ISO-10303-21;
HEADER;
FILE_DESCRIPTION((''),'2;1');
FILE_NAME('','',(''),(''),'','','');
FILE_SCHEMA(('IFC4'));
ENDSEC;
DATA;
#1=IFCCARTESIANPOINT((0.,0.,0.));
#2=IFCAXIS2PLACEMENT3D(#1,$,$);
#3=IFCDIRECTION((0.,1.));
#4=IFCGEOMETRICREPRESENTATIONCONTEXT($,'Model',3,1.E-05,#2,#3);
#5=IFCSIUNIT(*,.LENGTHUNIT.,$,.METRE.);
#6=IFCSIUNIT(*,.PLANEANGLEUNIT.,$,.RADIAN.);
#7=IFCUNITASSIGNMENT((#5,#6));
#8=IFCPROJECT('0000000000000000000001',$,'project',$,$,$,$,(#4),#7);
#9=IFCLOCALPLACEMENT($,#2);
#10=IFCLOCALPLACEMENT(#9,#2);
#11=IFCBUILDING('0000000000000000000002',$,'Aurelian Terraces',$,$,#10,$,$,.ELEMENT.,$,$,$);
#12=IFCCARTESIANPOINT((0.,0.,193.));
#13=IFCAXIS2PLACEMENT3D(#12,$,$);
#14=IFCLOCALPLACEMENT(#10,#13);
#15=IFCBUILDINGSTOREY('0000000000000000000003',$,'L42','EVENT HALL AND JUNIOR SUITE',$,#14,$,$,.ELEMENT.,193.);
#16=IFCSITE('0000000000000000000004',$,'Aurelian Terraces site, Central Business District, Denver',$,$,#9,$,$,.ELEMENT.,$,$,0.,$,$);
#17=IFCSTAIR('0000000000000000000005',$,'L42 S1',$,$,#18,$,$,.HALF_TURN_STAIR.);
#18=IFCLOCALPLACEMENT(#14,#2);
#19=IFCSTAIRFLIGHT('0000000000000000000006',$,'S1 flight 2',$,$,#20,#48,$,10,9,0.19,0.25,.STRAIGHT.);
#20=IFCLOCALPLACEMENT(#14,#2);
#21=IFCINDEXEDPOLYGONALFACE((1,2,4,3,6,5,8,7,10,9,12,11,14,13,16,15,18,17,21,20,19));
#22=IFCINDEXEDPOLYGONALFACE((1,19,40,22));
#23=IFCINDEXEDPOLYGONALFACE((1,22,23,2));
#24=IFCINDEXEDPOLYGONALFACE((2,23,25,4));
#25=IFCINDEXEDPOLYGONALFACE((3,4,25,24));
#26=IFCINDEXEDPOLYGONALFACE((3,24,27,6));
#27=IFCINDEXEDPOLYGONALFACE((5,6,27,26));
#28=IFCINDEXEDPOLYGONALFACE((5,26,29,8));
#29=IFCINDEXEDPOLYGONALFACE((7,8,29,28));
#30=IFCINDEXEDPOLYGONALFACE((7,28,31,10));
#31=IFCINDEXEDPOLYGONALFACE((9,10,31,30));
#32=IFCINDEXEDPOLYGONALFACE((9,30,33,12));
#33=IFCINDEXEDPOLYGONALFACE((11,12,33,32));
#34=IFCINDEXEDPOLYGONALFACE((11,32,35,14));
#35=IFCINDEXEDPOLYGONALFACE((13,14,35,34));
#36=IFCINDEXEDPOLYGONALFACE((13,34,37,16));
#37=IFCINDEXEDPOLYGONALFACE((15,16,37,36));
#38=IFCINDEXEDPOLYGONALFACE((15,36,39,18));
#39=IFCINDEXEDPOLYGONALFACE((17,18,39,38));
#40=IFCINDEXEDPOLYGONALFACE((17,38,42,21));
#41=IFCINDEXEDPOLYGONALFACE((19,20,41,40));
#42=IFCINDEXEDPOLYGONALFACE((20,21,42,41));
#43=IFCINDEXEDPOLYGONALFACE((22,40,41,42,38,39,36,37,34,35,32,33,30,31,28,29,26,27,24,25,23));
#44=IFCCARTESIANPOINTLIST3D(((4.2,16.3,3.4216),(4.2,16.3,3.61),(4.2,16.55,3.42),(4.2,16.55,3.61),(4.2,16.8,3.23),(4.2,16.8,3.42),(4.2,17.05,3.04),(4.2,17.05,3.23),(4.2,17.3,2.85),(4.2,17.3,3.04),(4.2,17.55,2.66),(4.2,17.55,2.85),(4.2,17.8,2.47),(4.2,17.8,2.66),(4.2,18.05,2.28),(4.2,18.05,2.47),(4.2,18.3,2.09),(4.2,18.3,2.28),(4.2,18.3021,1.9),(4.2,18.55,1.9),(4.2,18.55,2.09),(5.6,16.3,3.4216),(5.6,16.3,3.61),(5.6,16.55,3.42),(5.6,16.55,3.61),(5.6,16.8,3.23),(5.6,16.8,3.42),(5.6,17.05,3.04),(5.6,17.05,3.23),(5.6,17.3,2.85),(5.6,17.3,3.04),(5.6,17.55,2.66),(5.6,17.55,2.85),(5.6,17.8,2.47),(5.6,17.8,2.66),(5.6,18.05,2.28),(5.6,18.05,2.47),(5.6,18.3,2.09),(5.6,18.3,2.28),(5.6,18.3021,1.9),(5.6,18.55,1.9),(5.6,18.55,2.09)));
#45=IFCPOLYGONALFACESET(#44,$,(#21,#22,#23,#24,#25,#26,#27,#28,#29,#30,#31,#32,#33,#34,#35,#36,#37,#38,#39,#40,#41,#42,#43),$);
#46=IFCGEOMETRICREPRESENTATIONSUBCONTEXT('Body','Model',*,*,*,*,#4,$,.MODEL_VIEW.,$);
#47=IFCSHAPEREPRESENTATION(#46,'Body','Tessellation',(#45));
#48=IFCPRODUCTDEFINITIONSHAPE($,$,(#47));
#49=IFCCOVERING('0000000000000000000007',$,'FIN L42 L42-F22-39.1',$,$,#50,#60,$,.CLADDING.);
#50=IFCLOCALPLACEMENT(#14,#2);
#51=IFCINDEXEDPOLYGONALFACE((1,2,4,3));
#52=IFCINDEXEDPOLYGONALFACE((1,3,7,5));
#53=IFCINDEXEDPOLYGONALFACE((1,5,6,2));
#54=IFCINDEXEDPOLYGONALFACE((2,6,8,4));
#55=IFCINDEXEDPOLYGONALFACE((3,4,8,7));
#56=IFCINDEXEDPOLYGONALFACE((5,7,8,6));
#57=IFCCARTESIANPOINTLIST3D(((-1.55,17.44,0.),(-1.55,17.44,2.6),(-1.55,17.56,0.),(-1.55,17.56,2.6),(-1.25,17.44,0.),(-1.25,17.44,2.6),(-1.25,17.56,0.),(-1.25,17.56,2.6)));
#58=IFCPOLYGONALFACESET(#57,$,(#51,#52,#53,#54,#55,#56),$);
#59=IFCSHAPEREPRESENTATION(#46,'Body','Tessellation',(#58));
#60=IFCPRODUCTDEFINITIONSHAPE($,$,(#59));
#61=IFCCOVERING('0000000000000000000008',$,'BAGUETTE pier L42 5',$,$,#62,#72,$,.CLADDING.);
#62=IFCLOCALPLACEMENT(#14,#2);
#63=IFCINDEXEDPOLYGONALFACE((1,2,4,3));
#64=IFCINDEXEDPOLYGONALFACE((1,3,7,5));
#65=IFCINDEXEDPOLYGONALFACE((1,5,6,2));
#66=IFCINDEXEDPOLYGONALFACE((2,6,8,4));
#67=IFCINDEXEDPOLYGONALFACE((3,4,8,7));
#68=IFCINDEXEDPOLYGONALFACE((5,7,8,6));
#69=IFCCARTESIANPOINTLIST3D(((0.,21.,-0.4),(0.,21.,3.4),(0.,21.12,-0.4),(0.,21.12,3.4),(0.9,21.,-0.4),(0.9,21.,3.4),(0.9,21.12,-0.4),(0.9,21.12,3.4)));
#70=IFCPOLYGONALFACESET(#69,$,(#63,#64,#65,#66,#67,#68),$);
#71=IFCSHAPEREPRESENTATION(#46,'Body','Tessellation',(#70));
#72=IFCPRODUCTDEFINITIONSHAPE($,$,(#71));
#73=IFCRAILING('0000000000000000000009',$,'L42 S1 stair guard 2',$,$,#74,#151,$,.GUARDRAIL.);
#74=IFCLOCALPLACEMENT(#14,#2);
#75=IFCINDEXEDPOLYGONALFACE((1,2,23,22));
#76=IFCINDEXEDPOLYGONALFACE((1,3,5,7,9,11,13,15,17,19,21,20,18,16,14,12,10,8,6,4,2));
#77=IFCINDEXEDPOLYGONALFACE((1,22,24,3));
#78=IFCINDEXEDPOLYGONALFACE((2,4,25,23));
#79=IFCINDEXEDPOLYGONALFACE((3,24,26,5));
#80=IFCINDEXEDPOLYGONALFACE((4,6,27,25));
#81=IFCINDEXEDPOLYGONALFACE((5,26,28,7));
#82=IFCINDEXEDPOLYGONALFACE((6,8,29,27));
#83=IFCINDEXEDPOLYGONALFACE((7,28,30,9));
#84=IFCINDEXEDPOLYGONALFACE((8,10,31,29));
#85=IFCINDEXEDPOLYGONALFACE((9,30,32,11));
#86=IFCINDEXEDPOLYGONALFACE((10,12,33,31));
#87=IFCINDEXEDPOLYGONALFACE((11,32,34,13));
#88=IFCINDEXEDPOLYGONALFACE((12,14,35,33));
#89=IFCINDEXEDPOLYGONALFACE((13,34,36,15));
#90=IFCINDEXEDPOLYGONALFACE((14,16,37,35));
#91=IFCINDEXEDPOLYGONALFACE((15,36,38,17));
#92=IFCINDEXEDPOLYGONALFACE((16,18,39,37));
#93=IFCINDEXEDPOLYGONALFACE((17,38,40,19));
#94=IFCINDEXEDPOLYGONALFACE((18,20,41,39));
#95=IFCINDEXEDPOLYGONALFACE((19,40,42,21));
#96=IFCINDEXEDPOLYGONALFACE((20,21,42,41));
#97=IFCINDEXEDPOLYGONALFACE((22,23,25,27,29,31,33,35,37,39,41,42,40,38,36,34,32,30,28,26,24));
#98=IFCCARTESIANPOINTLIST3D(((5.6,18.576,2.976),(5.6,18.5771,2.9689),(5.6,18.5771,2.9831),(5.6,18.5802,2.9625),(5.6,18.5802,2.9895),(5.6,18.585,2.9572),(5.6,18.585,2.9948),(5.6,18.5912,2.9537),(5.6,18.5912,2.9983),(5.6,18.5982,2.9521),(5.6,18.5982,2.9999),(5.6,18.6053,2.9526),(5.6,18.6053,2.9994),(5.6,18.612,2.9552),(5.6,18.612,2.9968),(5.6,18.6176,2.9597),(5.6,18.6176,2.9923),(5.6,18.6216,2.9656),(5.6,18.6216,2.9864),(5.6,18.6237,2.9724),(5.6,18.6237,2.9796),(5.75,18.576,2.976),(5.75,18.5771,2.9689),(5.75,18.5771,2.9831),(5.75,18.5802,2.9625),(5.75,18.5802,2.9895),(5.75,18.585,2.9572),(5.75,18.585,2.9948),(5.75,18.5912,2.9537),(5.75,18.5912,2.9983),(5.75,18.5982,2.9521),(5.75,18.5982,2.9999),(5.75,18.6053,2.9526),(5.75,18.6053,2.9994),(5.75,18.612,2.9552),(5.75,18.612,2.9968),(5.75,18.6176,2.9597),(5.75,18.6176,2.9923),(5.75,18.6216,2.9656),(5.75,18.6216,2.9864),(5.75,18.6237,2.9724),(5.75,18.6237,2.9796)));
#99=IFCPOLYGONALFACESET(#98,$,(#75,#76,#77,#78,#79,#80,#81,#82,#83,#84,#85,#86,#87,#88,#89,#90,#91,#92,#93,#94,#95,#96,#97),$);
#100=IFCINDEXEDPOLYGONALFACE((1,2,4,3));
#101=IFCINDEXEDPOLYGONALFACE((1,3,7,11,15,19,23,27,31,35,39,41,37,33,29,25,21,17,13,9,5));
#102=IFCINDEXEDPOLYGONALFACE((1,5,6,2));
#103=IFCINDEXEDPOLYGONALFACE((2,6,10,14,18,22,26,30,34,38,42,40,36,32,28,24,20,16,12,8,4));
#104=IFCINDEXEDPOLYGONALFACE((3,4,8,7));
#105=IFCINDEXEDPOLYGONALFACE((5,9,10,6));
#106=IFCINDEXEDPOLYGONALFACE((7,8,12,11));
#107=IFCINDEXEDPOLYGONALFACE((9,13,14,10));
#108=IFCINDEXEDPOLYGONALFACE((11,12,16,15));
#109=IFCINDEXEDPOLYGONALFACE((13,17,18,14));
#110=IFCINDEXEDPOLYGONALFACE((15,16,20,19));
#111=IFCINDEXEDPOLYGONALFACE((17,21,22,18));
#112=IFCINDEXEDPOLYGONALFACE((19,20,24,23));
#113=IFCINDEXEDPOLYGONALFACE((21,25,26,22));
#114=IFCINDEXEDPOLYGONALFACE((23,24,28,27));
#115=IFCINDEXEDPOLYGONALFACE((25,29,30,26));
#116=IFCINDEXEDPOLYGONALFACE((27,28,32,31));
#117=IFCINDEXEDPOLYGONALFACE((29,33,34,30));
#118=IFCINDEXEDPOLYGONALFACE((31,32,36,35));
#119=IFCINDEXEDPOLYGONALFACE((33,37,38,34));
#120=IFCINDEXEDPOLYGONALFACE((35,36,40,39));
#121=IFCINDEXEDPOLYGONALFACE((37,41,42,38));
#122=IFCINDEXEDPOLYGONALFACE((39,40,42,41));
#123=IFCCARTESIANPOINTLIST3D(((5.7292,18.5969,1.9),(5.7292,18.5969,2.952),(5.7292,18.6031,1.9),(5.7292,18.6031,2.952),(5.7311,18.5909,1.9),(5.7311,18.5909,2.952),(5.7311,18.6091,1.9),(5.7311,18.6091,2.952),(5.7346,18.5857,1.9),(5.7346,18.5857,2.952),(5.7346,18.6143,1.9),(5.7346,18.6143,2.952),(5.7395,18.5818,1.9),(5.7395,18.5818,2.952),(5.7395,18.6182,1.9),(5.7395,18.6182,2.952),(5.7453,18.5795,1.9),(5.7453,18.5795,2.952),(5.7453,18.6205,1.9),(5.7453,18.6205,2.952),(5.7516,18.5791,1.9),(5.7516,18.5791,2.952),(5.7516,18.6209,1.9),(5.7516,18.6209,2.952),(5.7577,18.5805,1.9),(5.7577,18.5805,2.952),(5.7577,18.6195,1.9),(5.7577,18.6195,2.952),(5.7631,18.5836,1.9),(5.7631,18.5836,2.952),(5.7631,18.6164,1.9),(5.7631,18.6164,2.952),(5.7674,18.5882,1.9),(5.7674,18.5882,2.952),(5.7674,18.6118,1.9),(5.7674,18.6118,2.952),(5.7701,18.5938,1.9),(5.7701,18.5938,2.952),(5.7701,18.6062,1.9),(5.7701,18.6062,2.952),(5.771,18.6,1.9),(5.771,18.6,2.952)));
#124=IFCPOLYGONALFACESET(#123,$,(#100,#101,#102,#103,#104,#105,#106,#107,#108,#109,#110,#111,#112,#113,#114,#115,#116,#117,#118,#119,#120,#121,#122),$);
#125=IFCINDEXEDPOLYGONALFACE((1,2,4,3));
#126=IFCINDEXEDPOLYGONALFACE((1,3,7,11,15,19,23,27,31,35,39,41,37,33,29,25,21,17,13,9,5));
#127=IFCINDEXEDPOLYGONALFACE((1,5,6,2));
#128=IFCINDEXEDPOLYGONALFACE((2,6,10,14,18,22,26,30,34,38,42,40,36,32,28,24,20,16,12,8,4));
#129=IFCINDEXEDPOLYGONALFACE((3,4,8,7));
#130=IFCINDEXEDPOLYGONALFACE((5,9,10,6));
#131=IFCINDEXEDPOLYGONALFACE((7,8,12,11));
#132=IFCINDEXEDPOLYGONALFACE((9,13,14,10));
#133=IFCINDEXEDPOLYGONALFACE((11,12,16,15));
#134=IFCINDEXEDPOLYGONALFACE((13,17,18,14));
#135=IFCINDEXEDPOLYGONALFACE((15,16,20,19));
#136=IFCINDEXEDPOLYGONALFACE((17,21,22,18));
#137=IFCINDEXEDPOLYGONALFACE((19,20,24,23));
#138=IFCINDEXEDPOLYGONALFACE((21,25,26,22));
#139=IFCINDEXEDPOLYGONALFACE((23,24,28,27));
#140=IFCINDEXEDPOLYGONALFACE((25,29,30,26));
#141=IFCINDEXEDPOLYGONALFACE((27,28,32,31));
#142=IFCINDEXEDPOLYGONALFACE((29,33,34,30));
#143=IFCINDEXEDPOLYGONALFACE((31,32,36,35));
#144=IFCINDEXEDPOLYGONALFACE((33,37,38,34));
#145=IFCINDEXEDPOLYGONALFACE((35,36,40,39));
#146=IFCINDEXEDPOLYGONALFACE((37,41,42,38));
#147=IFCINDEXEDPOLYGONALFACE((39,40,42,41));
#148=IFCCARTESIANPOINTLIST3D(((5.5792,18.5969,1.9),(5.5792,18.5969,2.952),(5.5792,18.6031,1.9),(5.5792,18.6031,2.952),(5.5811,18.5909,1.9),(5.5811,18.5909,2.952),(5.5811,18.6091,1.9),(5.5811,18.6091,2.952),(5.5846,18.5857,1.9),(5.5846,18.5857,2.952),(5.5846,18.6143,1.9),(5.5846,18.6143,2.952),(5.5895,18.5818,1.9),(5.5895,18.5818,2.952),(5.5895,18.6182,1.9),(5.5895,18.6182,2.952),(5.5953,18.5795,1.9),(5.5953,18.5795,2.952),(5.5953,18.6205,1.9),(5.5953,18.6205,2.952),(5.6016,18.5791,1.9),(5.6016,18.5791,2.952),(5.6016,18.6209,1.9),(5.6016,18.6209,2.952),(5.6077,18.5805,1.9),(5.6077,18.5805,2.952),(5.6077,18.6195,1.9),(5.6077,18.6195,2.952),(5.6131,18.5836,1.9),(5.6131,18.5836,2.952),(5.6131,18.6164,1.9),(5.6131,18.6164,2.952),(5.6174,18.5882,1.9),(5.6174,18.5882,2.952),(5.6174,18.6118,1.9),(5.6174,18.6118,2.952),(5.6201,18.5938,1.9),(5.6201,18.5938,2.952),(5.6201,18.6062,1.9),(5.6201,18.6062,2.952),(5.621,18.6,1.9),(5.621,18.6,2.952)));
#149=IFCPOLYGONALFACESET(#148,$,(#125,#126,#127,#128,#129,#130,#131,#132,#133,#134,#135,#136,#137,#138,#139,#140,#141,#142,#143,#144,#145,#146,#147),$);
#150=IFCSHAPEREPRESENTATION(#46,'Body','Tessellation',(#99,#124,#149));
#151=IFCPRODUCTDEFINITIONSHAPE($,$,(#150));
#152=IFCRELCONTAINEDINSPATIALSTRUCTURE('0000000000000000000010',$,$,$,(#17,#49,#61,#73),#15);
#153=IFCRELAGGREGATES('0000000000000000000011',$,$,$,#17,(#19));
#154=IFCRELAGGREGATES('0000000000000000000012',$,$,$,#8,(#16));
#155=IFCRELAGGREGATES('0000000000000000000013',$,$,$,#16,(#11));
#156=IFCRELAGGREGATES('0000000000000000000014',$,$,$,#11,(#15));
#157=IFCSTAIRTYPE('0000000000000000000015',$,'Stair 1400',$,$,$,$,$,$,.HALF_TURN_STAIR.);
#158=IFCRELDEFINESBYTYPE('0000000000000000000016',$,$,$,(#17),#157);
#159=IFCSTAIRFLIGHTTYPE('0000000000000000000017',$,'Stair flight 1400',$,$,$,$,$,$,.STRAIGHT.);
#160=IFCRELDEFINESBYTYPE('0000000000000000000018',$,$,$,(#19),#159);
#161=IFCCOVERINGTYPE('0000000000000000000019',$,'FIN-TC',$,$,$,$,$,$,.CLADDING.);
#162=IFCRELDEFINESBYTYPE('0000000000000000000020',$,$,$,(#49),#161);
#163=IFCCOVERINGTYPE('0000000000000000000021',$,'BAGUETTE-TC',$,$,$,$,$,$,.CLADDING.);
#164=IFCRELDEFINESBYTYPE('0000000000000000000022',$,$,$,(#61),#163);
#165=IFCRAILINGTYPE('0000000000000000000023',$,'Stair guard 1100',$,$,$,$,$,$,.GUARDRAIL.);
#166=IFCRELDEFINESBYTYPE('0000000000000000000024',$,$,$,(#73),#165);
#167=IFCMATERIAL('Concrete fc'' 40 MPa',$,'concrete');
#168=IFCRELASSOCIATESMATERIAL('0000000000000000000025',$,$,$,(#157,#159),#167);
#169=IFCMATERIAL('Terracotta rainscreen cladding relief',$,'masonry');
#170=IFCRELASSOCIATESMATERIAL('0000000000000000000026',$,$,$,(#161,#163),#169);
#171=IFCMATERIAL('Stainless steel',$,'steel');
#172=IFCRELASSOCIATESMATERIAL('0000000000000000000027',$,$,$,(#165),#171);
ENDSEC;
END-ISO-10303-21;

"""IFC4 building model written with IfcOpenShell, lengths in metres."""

from ifc_helpers import new_model, si_unit, direction, frame, origin, origin_2d, place, context, subcontext, project, spatial, polyline, rectangle, circle, outline, extrude, source, transform, mapped, material, type_object, element, aggregate, save


model = new_model("IFC4")

# Units and contexts
model_context = context("Model", 3, precision=1e-05, world=origin(), true_north=direction((0.0, 1.0)))
body_context = subcontext(model_context, "Body", "Model", "MODEL_VIEW")
ifc_project = project(units=[si_unit("LENGTHUNIT", "METRE"), si_unit("PLANEANGLEUNIT", "RADIAN")], contexts=[model_context])

# Site, building, storey
site_placement = place(None, origin())
site = spatial("IfcSite", under=ifc_project, at=site_placement, Name="Aurelian Terraces site, Central Business District, Denver", CompositionType="ELEMENT", RefElevation=0.0)
building_placement = place(site_placement, origin())
building = spatial("IfcBuilding", under=site, at=building_placement, Name="Aurelian Terraces", CompositionType="ELEMENT")
storey_placement = place(building_placement, frame((0.0, 0.0, 193.0)))
storey = spatial("IfcBuildingStorey", under=building, at=storey_placement, Name="L42", Description="EVENT HALL AND JUNIOR SUITE", CompositionType="ELEMENT", Elevation=193.0)

# Stair, stair flight
ifc_material_1 = material(Name="Concrete fc' 40 MPa", Category="concrete")
stair_type = type_object("IfcStairType", Name="Stair 1400", PredefinedType="HALF_TURN_STAIR", material=ifc_material_1)
stair_placement = place(storey_placement, origin())
stair = element("IfcStair", 1, at=stair_placement, inside=storey, type_object=stair_type, Name="L42 S1", PredefinedType="HALF_TURN_STAIR")
stair_flight_type = type_object("IfcStairFlightType", Name="Stair flight 1400", PredefinedType="STRAIGHT", material=ifc_material_1)
shared_shape_1 = source(origin(), body_context, "Body", "SweptSolid", [
    extrude(outline(polyline([(0.0, 0.0), (0.0, 0.19), (0.25, 0.19), (0.25, 0.38), (0.5, 0.38), (0.5, 0.57), (0.75, 0.57), (0.75, 0.76), (1.0, 0.76), (1.0, 0.95), (1.25, 0.95), (1.25, 1.14), (1.5, 1.14), (1.5, 1.33), (1.75, 1.33), (1.75, 1.52), (2.0, 1.52), (2.0, 1.71), (2.25, 1.71), (2.25, 1.9), (2.25, 1.5216), (0.2479, 0.0), (0.0, 0.0)])), frame((0.0, 0.7, 0.0), z_axis=(0.0, -1.0, 0.0), x_axis=(1.0, 0.0, 0.0)), (0.0, 0.0, 1.0), 1.4),
])
stair_flight_placement = place(storey_placement, frame((4.9, 18.55, 1.9), z_axis=(0.0, 0.0, 1.0), x_axis=(0.0, -1.0, 0.0)))
stair_flight = element("IfcStairFlight", 2, at=stair_flight_placement, type_object=stair_flight_type, Name="S1 flight 2", NumberOfRisers=10, NumberOfTreads=9, PredefinedType="STRAIGHT", RiserHeight=0.19, TreadLength=0.25, context=body_context, shape_type="MappedRepresentation", body=[
    mapped(shared_shape_1, transform((0.0, 0.0, 0.0), scale=1.0)),
])
aggregate(stair, [stair_flight])

# Covering
ifc_material_2 = material(Name="Terracotta rainscreen cladding relief", Category="masonry")
covering_type_1 = type_object("IfcCoveringType", Name="FIN-TC", PredefinedType="CLADDING", material=ifc_material_2)
shared_shape_2 = source(origin(), body_context, "Body", "SweptSolid", [
    extrude(rectangle(XDim=0.3, YDim=0.12, at=origin_2d()), origin(), (0.0, 0.0, 1.0), 2.6),
])
covering_1_placement = place(storey_placement, frame((-1.4, 17.5, 0.0), z_axis=(0.0, 0.0, 1.0), x_axis=(1.0, 0.0, 0.0)))
element("IfcCovering", 3, at=covering_1_placement, inside=storey, type_object=covering_type_1, Name="FIN L42 L42-F22-39.1", PredefinedType="CLADDING", context=body_context, shape_type="MappedRepresentation", body=[
    mapped(shared_shape_2, transform((0.0, 0.0, 0.0), scale=1.0)),
])

# Covering
covering_type_2 = type_object("IfcCoveringType", Name="BAGUETTE-TC", PredefinedType="CLADDING", material=ifc_material_2)
shared_shape_3 = source(origin(), body_context, "Body", "SweptSolid", [
    extrude(rectangle(XDim=0.9, YDim=0.12, at=origin_2d()), origin(), (0.0, 0.0, 1.0), 3.8),
])
covering_2_placement = place(storey_placement, frame((0.45, 21.06, -0.4), z_axis=(0.0, 0.0, 1.0), x_axis=(1.0, 0.0, 0.0)))
element("IfcCovering", 4, at=covering_2_placement, inside=storey, type_object=covering_type_2, Name="BAGUETTE pier L42 5", PredefinedType="CLADDING", context=body_context, shape_type="MappedRepresentation", body=[
    mapped(shared_shape_3, transform((0.0, 0.0, 0.0), scale=1.0)),
])

# Railing
ifc_material_3 = material(Name="Stainless steel", Category="steel")
railing_type_1 = type_object("IfcRailingType", Name="Stair guard 1100", PredefinedType="GUARDRAIL", material=ifc_material_3)
shared_shape_4 = source(origin(), body_context, "Body", "SweptSolid", [
    extrude(circle(Radius=0.024, at=origin_2d()), frame((0.0, 0.0, 1.076), z_axis=(-1.0, 0.0, 0.0), x_axis=(0.0, -1.0, 0.0)), (0.0, 0.0, 1.0), 0.15),
    extrude(circle(Radius=0.021, at=origin_2d()), origin(), (0.0, 0.0, 1.0), 1.052),
    extrude(circle(Radius=0.021, at=origin_2d()), frame((-0.15, 0.0, 0.0)), (0.0, 0.0, 1.0), 1.052),
])
railing_1_placement = place(storey_placement, frame((5.75, 18.6, 1.9)))
element("IfcRailing", 5, at=railing_1_placement, inside=storey, type_object=railing_type_1, Name="L42 S1 stair guard 2", PredefinedType="GUARDRAIL", context=body_context, shape_type="MappedRepresentation", body=[
    mapped(shared_shape_4, transform((0.0, 0.0, 0.0), scale=1.0)),
])

save(model, "model.ifc")
